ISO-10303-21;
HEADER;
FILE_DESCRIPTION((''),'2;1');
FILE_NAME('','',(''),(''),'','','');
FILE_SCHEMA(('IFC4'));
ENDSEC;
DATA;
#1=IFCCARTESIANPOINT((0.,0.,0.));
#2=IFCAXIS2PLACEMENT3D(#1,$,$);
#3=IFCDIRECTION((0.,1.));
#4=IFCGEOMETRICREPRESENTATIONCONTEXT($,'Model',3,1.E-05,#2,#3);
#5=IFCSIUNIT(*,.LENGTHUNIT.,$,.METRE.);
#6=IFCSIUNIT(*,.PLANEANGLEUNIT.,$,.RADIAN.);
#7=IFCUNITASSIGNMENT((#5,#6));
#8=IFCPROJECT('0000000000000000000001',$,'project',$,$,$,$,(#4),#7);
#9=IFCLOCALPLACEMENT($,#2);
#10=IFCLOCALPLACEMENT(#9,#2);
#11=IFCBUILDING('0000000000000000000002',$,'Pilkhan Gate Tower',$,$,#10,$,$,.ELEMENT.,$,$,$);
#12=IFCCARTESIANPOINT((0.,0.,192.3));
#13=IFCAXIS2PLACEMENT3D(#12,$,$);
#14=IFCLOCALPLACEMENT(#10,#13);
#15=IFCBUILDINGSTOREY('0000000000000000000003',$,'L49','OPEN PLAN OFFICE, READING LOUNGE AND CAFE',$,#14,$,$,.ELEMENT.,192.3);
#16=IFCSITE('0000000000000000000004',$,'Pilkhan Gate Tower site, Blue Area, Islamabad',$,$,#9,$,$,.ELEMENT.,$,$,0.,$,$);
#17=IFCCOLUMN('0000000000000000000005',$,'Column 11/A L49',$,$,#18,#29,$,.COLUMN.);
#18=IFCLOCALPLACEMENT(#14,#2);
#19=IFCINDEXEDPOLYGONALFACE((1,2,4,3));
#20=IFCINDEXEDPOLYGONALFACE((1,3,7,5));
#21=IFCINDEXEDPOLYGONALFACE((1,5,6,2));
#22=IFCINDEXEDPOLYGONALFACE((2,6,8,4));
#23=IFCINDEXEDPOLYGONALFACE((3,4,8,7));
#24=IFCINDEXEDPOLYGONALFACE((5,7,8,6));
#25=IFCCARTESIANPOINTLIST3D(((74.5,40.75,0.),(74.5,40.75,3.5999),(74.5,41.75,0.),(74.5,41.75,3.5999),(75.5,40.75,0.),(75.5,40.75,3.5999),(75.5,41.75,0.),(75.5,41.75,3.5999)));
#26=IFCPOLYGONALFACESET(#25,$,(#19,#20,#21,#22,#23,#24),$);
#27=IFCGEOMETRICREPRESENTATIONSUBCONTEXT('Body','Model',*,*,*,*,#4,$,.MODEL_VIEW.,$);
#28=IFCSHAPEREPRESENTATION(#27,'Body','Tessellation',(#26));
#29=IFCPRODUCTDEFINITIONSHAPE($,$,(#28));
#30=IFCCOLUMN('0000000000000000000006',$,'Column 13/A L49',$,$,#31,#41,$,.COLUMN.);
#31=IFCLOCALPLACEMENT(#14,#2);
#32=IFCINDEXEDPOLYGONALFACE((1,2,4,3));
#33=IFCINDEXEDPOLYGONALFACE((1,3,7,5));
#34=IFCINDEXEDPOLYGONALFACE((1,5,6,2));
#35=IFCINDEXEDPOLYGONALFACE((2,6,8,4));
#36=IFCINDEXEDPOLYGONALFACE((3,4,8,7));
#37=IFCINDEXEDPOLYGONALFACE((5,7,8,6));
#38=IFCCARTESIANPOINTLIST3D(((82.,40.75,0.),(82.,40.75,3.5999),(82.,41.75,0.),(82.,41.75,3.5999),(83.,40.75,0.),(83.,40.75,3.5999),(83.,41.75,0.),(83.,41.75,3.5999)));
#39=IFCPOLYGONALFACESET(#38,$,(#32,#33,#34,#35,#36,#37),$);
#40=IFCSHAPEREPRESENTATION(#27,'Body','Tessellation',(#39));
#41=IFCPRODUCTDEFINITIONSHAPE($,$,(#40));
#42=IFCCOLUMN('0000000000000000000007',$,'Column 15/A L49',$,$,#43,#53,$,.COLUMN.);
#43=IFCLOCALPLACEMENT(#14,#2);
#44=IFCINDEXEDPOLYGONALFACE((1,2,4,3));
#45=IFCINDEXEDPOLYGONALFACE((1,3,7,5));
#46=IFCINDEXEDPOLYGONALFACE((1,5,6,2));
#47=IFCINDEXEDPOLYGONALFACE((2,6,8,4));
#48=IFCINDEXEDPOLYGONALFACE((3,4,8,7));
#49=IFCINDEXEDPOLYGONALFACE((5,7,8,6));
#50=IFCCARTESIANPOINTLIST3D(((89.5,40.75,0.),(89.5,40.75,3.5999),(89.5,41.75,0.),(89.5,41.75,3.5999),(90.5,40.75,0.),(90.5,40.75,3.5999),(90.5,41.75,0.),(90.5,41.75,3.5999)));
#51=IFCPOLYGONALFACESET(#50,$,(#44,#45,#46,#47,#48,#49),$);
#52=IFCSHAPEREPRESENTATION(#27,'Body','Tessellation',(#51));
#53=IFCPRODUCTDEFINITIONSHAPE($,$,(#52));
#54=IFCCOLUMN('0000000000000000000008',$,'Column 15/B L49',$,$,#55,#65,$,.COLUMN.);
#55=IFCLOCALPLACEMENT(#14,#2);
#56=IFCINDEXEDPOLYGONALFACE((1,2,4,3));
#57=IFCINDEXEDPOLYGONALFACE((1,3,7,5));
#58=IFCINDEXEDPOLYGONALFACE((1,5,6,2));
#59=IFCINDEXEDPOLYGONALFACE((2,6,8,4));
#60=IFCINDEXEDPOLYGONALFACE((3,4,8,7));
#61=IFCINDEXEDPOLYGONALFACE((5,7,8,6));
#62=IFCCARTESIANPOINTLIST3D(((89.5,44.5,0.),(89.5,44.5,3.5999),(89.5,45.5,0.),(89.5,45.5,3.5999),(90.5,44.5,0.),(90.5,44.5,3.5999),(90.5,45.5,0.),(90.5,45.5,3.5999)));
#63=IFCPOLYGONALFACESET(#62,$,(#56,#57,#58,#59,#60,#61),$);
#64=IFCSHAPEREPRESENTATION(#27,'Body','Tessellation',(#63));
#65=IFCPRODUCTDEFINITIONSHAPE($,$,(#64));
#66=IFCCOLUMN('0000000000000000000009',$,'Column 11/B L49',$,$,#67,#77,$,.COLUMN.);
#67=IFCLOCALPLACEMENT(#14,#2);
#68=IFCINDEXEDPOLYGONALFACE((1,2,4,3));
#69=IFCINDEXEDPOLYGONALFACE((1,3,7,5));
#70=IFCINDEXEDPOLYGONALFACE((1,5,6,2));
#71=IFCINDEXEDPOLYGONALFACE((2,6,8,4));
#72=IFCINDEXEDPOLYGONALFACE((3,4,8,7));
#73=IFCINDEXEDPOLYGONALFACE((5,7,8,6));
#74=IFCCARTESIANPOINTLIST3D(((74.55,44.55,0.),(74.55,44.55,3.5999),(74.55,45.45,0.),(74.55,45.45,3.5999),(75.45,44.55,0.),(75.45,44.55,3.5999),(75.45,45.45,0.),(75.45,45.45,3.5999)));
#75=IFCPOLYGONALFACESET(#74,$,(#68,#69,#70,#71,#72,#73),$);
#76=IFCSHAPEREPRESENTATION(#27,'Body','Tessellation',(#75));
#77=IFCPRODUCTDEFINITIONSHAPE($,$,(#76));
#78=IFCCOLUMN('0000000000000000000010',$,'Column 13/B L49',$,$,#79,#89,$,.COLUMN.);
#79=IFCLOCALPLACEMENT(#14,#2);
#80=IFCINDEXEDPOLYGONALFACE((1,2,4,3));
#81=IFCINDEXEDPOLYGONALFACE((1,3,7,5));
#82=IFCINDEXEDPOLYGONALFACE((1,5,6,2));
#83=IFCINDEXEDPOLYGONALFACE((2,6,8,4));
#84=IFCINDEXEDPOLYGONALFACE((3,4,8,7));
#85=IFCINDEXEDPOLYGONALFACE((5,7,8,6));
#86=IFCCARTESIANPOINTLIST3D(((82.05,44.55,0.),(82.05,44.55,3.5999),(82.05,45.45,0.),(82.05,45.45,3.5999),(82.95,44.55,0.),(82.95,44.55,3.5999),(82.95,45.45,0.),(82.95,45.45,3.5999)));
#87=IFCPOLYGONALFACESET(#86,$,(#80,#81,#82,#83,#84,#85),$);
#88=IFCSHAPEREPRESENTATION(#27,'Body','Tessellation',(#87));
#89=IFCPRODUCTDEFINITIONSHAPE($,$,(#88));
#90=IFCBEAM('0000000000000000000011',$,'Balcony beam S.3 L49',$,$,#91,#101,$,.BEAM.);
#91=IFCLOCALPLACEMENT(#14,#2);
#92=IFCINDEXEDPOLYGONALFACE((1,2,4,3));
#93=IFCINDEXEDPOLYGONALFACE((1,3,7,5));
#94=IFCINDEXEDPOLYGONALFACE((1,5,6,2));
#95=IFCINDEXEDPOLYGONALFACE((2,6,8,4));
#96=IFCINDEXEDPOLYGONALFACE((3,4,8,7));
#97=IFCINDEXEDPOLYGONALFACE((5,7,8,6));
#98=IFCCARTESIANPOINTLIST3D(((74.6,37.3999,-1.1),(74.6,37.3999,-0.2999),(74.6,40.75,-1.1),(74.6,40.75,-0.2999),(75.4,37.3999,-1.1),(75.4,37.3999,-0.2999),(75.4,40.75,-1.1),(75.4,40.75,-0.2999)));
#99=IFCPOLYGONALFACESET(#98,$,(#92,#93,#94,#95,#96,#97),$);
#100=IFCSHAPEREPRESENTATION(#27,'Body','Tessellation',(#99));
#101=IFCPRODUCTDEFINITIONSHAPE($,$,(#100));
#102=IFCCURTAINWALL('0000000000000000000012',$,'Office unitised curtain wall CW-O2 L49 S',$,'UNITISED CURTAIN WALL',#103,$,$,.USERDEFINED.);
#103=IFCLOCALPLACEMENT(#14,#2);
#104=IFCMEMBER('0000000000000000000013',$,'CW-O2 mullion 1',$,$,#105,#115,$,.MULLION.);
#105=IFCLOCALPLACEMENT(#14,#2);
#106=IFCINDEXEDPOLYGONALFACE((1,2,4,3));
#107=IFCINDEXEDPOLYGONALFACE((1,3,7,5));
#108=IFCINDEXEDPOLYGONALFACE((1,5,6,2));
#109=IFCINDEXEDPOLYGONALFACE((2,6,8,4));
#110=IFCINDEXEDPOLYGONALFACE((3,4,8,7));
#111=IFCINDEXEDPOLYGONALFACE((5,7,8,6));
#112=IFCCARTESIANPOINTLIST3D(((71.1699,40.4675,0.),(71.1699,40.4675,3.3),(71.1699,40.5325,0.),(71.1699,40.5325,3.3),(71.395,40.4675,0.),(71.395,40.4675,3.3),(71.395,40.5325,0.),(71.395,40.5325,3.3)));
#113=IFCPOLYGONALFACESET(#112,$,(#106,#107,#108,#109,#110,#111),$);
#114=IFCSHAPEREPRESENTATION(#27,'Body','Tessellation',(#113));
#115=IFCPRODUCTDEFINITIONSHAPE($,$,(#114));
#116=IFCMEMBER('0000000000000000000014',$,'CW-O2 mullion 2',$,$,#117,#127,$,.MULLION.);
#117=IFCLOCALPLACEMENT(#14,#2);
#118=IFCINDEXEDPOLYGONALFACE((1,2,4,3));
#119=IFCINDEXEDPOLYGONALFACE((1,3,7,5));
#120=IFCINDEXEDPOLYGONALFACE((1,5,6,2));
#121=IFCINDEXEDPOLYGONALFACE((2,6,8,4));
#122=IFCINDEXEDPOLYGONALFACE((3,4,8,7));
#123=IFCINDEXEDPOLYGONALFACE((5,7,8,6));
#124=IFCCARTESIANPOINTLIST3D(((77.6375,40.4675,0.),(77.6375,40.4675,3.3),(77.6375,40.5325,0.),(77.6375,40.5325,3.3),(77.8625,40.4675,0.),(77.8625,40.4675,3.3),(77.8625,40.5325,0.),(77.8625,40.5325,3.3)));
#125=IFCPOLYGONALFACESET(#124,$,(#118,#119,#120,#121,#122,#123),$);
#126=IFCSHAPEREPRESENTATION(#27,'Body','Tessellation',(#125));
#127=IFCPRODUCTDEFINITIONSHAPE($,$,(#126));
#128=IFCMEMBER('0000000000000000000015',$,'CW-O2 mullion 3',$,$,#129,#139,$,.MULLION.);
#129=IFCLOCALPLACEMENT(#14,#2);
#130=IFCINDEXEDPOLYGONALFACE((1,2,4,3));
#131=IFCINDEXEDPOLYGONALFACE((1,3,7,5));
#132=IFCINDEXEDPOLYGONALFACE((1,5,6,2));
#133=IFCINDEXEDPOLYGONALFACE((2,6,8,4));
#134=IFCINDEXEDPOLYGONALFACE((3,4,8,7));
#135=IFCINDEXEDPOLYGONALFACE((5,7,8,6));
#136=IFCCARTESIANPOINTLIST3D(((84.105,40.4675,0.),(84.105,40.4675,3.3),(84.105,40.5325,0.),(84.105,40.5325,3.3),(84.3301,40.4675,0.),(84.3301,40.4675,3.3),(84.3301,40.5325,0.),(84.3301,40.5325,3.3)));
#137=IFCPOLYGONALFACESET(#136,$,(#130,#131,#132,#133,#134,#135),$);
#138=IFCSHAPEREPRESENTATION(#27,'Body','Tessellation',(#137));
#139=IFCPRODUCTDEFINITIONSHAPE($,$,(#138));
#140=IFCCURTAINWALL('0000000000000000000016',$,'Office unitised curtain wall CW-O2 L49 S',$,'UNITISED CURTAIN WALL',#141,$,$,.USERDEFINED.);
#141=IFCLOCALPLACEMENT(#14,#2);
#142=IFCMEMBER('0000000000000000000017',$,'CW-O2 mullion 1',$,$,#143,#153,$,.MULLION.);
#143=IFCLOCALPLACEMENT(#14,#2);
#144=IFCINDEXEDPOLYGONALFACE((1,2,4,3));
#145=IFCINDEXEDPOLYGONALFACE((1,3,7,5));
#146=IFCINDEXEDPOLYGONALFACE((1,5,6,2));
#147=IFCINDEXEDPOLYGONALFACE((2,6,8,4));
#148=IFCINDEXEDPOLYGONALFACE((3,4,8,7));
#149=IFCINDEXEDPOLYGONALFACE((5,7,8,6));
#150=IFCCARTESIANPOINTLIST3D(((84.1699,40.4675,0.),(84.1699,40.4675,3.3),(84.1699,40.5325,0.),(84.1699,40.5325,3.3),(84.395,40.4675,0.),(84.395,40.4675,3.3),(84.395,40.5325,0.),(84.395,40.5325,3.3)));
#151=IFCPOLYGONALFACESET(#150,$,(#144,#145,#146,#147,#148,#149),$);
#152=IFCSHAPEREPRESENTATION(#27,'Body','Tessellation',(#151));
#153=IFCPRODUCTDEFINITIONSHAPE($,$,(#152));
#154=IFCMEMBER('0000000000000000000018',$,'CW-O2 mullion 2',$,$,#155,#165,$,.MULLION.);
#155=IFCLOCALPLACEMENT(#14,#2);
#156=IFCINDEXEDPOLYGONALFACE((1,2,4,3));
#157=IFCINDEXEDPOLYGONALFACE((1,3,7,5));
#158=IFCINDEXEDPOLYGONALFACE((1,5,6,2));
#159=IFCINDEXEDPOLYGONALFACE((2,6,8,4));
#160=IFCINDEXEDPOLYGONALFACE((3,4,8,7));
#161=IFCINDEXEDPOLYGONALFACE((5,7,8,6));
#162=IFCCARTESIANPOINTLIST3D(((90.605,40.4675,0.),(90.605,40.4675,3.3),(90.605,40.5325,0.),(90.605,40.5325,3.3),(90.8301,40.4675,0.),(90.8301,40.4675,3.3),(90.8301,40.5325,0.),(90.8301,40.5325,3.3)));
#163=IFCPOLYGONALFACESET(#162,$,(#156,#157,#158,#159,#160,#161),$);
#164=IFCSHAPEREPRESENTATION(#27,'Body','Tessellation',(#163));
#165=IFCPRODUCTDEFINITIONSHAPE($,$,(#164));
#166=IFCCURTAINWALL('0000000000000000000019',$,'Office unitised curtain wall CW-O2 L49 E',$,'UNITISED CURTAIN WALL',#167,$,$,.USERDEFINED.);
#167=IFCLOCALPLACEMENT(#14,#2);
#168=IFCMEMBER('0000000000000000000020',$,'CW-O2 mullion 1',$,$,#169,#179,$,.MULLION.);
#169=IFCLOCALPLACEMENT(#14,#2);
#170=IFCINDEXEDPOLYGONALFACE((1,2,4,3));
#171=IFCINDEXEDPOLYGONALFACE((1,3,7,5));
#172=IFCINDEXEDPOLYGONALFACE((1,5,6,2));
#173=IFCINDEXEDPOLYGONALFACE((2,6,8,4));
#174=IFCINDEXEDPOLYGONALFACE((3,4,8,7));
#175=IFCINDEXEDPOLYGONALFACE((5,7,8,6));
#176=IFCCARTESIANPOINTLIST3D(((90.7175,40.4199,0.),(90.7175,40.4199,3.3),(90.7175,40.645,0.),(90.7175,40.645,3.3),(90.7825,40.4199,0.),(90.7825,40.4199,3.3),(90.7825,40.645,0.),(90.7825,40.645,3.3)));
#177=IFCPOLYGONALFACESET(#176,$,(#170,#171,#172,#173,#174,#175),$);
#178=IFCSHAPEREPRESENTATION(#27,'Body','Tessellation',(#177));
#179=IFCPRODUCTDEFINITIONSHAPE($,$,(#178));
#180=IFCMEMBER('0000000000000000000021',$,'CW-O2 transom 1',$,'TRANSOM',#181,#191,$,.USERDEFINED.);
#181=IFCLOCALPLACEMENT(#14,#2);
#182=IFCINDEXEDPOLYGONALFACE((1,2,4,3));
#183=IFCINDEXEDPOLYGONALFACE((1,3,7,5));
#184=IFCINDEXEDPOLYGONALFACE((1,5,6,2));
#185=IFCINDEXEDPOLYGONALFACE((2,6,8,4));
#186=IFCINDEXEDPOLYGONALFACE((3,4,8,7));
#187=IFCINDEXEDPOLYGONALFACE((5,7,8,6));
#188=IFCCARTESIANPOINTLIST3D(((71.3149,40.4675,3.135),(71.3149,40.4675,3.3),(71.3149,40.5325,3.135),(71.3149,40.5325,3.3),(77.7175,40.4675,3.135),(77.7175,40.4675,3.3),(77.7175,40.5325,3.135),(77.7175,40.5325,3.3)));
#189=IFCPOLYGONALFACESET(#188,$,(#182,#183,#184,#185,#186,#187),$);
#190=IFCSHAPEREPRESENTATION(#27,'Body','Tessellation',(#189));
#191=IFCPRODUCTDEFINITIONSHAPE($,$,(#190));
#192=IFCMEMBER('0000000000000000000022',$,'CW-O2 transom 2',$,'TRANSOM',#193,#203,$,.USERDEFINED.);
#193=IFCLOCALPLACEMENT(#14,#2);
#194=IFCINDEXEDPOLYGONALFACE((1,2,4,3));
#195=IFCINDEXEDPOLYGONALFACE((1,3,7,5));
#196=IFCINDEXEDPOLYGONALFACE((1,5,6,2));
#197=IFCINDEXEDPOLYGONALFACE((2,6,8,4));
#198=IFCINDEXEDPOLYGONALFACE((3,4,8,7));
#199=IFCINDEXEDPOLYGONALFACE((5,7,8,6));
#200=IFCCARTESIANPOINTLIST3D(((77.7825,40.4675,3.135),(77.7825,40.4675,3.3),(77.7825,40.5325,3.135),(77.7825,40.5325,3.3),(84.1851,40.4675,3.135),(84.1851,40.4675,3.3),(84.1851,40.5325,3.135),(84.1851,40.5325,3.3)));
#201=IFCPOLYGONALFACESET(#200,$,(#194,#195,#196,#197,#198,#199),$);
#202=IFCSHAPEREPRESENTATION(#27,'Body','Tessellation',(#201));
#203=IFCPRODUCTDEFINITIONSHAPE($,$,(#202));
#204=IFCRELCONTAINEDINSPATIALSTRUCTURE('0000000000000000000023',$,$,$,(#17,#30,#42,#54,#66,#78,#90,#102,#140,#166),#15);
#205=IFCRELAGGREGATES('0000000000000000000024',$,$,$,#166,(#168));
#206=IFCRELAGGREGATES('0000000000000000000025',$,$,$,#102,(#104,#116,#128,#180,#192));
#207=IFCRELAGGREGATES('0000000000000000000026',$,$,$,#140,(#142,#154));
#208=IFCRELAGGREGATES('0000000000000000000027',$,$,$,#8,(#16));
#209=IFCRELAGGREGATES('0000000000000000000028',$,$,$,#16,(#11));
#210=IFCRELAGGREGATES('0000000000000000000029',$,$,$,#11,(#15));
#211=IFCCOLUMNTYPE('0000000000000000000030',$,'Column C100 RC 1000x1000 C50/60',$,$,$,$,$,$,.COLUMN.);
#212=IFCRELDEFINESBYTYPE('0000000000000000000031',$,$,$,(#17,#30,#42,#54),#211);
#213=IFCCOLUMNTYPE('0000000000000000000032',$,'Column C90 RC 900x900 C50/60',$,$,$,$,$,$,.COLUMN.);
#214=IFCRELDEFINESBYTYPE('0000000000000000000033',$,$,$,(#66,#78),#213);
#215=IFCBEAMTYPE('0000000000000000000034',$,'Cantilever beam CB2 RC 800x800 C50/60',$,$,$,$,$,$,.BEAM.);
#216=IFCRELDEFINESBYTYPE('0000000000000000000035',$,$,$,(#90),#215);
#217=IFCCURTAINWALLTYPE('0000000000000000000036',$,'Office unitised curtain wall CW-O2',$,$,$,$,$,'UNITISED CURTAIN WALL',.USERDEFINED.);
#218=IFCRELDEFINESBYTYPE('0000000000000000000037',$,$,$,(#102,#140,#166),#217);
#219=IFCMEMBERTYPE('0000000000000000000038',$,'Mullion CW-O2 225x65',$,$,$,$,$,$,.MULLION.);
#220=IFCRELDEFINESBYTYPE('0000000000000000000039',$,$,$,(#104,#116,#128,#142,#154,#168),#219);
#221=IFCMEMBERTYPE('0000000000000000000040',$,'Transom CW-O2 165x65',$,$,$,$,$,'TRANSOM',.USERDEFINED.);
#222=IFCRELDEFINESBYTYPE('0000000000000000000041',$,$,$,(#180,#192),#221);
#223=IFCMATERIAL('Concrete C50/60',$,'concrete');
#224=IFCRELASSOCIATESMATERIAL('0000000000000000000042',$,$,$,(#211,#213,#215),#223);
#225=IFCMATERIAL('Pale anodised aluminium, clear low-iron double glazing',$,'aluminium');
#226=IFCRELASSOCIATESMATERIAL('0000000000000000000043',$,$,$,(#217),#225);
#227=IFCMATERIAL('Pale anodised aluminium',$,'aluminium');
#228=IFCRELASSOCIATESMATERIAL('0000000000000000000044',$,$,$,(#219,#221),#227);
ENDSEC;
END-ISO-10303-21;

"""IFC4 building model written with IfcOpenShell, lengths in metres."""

from ifc_helpers import new_model, si_unit, direction, frame, origin, origin_2d, place, context, subcontext, project, spatial, rectangle, extrude, material, material_profile, profile_set, type_object, element, aggregate, save


model = new_model("IFC4")

# Units and contexts
model_context = context("Model", 3, precision=1e-05, world=origin(), true_north=direction((0.0, 1.0)))
body_context = subcontext(model_context, "Body", "Model", "MODEL_VIEW")
ifc_project = project(units=[si_unit("LENGTHUNIT", "METRE"), si_unit("PLANEANGLEUNIT", "RADIAN")], contexts=[model_context])

# Site, building, storey
site_placement = place(None, origin())
site = spatial("IfcSite", under=ifc_project, at=site_placement, Name="Pilkhan Gate Tower site, Blue Area, Islamabad", CompositionType="ELEMENT", RefElevation=0.0)
building_placement = place(site_placement, origin())
building = spatial("IfcBuilding", under=site, at=building_placement, Name="Pilkhan Gate Tower", CompositionType="ELEMENT")
storey_placement = place(building_placement, frame((0.0, 0.0, 192.3)))
storey = spatial("IfcBuildingStorey", under=building, at=storey_placement, Name="L49", Description="OPEN PLAN OFFICE, READING LOUNGE AND CAFE", CompositionType="ELEMENT", Elevation=192.3)

# Columns
ifc_material_1 = material(Name="Concrete C50/60", Category="concrete")
ifc_material_profile_1 = material_profile(ifc_material_1, rectangle(XDim=1.0, YDim=1.0, at=origin_2d()), Name="RC 1000x1000")
ifc_profile_set_1 = profile_set([ifc_material_profile_1], Name="Concrete C50/60")
column_type_1 = type_object("IfcColumnType", Name="Column C100 RC 1000x1000 C50/60", PredefinedType="COLUMN", material=ifc_profile_set_1)
for number, where, z_axis, x_axis, name in (
    (1, (75.0, 41.25, 0.0), (0.0, 0.0, 1.0), (1.0, 0.0, 0.0), "Column 11/A L49"),
    (2, (82.5, 41.25, 0.0), (0.0, 0.0, 1.0), (1.0, 0.0, 0.0), "Column 13/A L49"),
    (3, (90.0, 41.25, 0.0), (0.0, 0.0, 1.0), (1.0, 0.0, 0.0), "Column 15/A L49"),
    (4, (90.0, 45.0, 0.0), (0.0, 0.0, 1.0), (1.0, 0.0, 0.0), "Column 15/B L49"),
):
    element("IfcColumn", number, at=place(storey_placement, frame(where, z_axis=z_axis, x_axis=x_axis)), inside=storey, type_object=column_type_1, Name=name, PredefinedType="COLUMN", context=body_context, shape_type="SweptSolid", body=[
        extrude(rectangle(XDim=1.0, YDim=1.0, at=origin_2d()), origin(), (0.0, 0.0, 1.0), 3.5999),
    ])
ifc_material_profile_2 = material_profile(ifc_material_1, rectangle(XDim=0.8999, YDim=0.8999, at=origin_2d()), Name="RC 900x900")
ifc_profile_set_2 = profile_set([ifc_material_profile_2], Name="Concrete C50/60")
column_type_2 = type_object("IfcColumnType", Name="Column C90 RC 900x900 C50/60", PredefinedType="COLUMN", material=ifc_profile_set_2)
for number, where, z_axis, x_axis, name in (
    (5, (75.0, 45.0, 0.0), (0.0, 0.0, 1.0), (1.0, 0.0, 0.0), "Column 11/B L49"),
    (6, (82.5, 45.0, 0.0), (0.0, 0.0, 1.0), (1.0, 0.0, 0.0), "Column 13/B L49"),
):
    element("IfcColumn", number, at=place(storey_placement, frame(where, z_axis=z_axis, x_axis=x_axis)), inside=storey, type_object=column_type_2, Name=name, PredefinedType="COLUMN", context=body_context, shape_type="SweptSolid", body=[
        extrude(rectangle(XDim=0.8999, YDim=0.8999, at=origin_2d()), origin(), (0.0, 0.0, 1.0), 3.5999),
    ])

# Beam
ifc_material_profile_3 = material_profile(ifc_material_1, rectangle(XDim=0.8, YDim=0.8, at=origin_2d()), Name="RC 800x800")
ifc_profile_set_3 = profile_set([ifc_material_profile_3], Name="Concrete C50/60")
beam_type = type_object("IfcBeamType", Name="Cantilever beam CB2 RC 800x800 C50/60", PredefinedType="BEAM", material=ifc_profile_set_3)
beam_placement = place(storey_placement, frame((75.0, 40.75, -0.7), z_axis=(0.0, -1.0, 0.0), x_axis=(1.0, 0.0, 0.0)))
element("IfcBeam", 7, at=beam_placement, inside=storey, type_object=beam_type, Name="Balcony beam S.3 L49", PredefinedType="BEAM", context=body_context, shape_type="SweptSolid", body=[
    extrude(rectangle(XDim=0.8, YDim=0.8, at=origin_2d()), origin(), (0.0, 0.0, 1.0), 3.3501),
])

# Curtain walls, members
ifc_material_2 = material(Name="Pale anodised aluminium, clear low-iron double glazing", Category="aluminium")
curtain_wall_type = type_object("IfcCurtainWallType", Name="Office unitised curtain wall CW-O2", ElementType="UNITISED CURTAIN WALL", PredefinedType="USERDEFINED", material=ifc_material_2)
curtain_wall_1_placement = place(storey_placement, origin())
curtain_wall_1 = element("IfcCurtainWall", 8, at=curtain_wall_1_placement, inside=storey, type_object=curtain_wall_type, Name="Office unitised curtain wall CW-O2 L49 S", ObjectType="UNITISED CURTAIN WALL", PredefinedType="USERDEFINED")
ifc_material_3 = material(Name="Pale anodised aluminium", Category="aluminium")
ifc_material_profile_4 = material_profile(ifc_material_3, rectangle(XDim=0.0649, YDim=0.2251, at=origin_2d()), Name="Mullion 225x65")
ifc_profile_set_4 = profile_set([ifc_material_profile_4], Name="Pale anodised aluminium")
member_type_1 = type_object("IfcMemberType", Name="Mullion CW-O2 225x65", PredefinedType="MULLION", material=ifc_profile_set_4)
member_1_placement = place(storey_placement, frame((71.2825, 40.5, 0.0), z_axis=(0.0, 0.0, 1.0), x_axis=(0.0, 1.0, 0.0)))
member_1 = element("IfcMember", 9, at=member_1_placement, type_object=member_type_1, Name="CW-O2 mullion 1", PredefinedType="MULLION", context=body_context, shape_type="SweptSolid", body=[
    extrude(rectangle(XDim=0.0649, YDim=0.2251, at=origin_2d()), origin(), (0.0, 0.0, 1.0), 3.3),
])
member_2_placement = place(storey_placement, frame((77.75, 40.5, 0.0), z_axis=(0.0, 0.0, 1.0), x_axis=(0.0, 1.0, 0.0)))
member_2 = element("IfcMember", 10, at=member_2_placement, type_object=member_type_1, Name="CW-O2 mullion 2", PredefinedType="MULLION", context=body_context, shape_type="SweptSolid", body=[
    extrude(rectangle(XDim=0.0649, YDim=0.2251, at=origin_2d()), origin(), (0.0, 0.0, 1.0), 3.3),
])
member_3_placement = place(storey_placement, frame((84.2175, 40.5, 0.0), z_axis=(0.0, 0.0, 1.0), x_axis=(0.0, 1.0, 0.0)))
member_3 = element("IfcMember", 11, at=member_3_placement, type_object=member_type_1, Name="CW-O2 mullion 3", PredefinedType="MULLION", context=body_context, shape_type="SweptSolid", body=[
    extrude(rectangle(XDim=0.0649, YDim=0.2251, at=origin_2d()), origin(), (0.0, 0.0, 1.0), 3.3),
])
curtain_wall_2_placement = place(storey_placement, origin())
curtain_wall_2 = element("IfcCurtainWall", 12, at=curtain_wall_2_placement, inside=storey, type_object=curtain_wall_type, Name="Office unitised curtain wall CW-O2 L49 S", ObjectType="UNITISED CURTAIN WALL", PredefinedType="USERDEFINED")
member_4_placement = place(storey_placement, frame((84.2825, 40.5, 0.0), z_axis=(0.0, 0.0, 1.0), x_axis=(0.0, 1.0, 0.0)))
member_4 = element("IfcMember", 13, at=member_4_placement, type_object=member_type_1, Name="CW-O2 mullion 1", PredefinedType="MULLION", context=body_context, shape_type="SweptSolid", body=[
    extrude(rectangle(XDim=0.0649, YDim=0.2251, at=origin_2d()), origin(), (0.0, 0.0, 1.0), 3.3),
])
member_5_placement = place(storey_placement, frame((90.7175, 40.5, 0.0), z_axis=(0.0, 0.0, 1.0), x_axis=(0.0, 1.0, 0.0)))
member_5 = element("IfcMember", 14, at=member_5_placement, type_object=member_type_1, Name="CW-O2 mullion 2", PredefinedType="MULLION", context=body_context, shape_type="SweptSolid", body=[
    extrude(rectangle(XDim=0.0649, YDim=0.2251, at=origin_2d()), origin(), (0.0, 0.0, 1.0), 3.3),
])

# Curtain wall, member
curtain_wall_3_placement = place(storey_placement, origin())
curtain_wall_3 = element("IfcCurtainWall", 15, at=curtain_wall_3_placement, inside=storey, type_object=curtain_wall_type, Name="Office unitised curtain wall CW-O2 L49 E", ObjectType="UNITISED CURTAIN WALL", PredefinedType="USERDEFINED")
member_6_placement = place(storey_placement, frame((90.75, 40.5325, 0.0), z_axis=(0.0, 0.0, 1.0), x_axis=(-1.0, 0.0, 0.0)))
member_6 = element("IfcMember", 16, at=member_6_placement, type_object=member_type_1, Name="CW-O2 mullion 1", PredefinedType="MULLION", context=body_context, shape_type="SweptSolid", body=[
    extrude(rectangle(XDim=0.0649, YDim=0.2251, at=origin_2d()), origin(), (0.0, 0.0, 1.0), 3.3),
])
aggregate(curtain_wall_3, [member_6])

# Members
ifc_material_profile_5 = material_profile(ifc_material_3, rectangle(XDim=0.0649, YDim=0.165, at=origin_2d()), Name="Transom 165x65")
ifc_profile_set_5 = profile_set([ifc_material_profile_5], Name="Pale anodised aluminium")
member_type_2 = type_object("IfcMemberType", Name="Transom CW-O2 165x65", ElementType="TRANSOM", PredefinedType="USERDEFINED", material=ifc_profile_set_5)
member_7_placement = place(storey_placement, frame((71.3149, 40.5, 3.2175), z_axis=(1.0, 0.0, 0.0), x_axis=(0.0, 1.0, 0.0)))
member_7 = element("IfcMember", 17, at=member_7_placement, type_object=member_type_2, Name="CW-O2 transom 1", ObjectType="TRANSOM", PredefinedType="USERDEFINED", context=body_context, shape_type="SweptSolid", body=[
    extrude(rectangle(XDim=0.0649, YDim=0.165, at=origin_2d()), origin(), (0.0, 0.0, 1.0), 6.4026),
])
member_8_placement = place(storey_placement, frame((77.7825, 40.5, 3.2175), z_axis=(1.0, 0.0, 0.0), x_axis=(0.0, 1.0, 0.0)))
member_8 = element("IfcMember", 18, at=member_8_placement, type_object=member_type_2, Name="CW-O2 transom 2", ObjectType="TRANSOM", PredefinedType="USERDEFINED", context=body_context, shape_type="SweptSolid", body=[
    extrude(rectangle(XDim=0.0649, YDim=0.165, at=origin_2d()), origin(), (0.0, 0.0, 1.0), 6.4026),
])

aggregate(curtain_wall_1, [member_1, member_2, member_3, member_7, member_8])
aggregate(curtain_wall_2, [member_4, member_5])

save(model, "model.ifc")
